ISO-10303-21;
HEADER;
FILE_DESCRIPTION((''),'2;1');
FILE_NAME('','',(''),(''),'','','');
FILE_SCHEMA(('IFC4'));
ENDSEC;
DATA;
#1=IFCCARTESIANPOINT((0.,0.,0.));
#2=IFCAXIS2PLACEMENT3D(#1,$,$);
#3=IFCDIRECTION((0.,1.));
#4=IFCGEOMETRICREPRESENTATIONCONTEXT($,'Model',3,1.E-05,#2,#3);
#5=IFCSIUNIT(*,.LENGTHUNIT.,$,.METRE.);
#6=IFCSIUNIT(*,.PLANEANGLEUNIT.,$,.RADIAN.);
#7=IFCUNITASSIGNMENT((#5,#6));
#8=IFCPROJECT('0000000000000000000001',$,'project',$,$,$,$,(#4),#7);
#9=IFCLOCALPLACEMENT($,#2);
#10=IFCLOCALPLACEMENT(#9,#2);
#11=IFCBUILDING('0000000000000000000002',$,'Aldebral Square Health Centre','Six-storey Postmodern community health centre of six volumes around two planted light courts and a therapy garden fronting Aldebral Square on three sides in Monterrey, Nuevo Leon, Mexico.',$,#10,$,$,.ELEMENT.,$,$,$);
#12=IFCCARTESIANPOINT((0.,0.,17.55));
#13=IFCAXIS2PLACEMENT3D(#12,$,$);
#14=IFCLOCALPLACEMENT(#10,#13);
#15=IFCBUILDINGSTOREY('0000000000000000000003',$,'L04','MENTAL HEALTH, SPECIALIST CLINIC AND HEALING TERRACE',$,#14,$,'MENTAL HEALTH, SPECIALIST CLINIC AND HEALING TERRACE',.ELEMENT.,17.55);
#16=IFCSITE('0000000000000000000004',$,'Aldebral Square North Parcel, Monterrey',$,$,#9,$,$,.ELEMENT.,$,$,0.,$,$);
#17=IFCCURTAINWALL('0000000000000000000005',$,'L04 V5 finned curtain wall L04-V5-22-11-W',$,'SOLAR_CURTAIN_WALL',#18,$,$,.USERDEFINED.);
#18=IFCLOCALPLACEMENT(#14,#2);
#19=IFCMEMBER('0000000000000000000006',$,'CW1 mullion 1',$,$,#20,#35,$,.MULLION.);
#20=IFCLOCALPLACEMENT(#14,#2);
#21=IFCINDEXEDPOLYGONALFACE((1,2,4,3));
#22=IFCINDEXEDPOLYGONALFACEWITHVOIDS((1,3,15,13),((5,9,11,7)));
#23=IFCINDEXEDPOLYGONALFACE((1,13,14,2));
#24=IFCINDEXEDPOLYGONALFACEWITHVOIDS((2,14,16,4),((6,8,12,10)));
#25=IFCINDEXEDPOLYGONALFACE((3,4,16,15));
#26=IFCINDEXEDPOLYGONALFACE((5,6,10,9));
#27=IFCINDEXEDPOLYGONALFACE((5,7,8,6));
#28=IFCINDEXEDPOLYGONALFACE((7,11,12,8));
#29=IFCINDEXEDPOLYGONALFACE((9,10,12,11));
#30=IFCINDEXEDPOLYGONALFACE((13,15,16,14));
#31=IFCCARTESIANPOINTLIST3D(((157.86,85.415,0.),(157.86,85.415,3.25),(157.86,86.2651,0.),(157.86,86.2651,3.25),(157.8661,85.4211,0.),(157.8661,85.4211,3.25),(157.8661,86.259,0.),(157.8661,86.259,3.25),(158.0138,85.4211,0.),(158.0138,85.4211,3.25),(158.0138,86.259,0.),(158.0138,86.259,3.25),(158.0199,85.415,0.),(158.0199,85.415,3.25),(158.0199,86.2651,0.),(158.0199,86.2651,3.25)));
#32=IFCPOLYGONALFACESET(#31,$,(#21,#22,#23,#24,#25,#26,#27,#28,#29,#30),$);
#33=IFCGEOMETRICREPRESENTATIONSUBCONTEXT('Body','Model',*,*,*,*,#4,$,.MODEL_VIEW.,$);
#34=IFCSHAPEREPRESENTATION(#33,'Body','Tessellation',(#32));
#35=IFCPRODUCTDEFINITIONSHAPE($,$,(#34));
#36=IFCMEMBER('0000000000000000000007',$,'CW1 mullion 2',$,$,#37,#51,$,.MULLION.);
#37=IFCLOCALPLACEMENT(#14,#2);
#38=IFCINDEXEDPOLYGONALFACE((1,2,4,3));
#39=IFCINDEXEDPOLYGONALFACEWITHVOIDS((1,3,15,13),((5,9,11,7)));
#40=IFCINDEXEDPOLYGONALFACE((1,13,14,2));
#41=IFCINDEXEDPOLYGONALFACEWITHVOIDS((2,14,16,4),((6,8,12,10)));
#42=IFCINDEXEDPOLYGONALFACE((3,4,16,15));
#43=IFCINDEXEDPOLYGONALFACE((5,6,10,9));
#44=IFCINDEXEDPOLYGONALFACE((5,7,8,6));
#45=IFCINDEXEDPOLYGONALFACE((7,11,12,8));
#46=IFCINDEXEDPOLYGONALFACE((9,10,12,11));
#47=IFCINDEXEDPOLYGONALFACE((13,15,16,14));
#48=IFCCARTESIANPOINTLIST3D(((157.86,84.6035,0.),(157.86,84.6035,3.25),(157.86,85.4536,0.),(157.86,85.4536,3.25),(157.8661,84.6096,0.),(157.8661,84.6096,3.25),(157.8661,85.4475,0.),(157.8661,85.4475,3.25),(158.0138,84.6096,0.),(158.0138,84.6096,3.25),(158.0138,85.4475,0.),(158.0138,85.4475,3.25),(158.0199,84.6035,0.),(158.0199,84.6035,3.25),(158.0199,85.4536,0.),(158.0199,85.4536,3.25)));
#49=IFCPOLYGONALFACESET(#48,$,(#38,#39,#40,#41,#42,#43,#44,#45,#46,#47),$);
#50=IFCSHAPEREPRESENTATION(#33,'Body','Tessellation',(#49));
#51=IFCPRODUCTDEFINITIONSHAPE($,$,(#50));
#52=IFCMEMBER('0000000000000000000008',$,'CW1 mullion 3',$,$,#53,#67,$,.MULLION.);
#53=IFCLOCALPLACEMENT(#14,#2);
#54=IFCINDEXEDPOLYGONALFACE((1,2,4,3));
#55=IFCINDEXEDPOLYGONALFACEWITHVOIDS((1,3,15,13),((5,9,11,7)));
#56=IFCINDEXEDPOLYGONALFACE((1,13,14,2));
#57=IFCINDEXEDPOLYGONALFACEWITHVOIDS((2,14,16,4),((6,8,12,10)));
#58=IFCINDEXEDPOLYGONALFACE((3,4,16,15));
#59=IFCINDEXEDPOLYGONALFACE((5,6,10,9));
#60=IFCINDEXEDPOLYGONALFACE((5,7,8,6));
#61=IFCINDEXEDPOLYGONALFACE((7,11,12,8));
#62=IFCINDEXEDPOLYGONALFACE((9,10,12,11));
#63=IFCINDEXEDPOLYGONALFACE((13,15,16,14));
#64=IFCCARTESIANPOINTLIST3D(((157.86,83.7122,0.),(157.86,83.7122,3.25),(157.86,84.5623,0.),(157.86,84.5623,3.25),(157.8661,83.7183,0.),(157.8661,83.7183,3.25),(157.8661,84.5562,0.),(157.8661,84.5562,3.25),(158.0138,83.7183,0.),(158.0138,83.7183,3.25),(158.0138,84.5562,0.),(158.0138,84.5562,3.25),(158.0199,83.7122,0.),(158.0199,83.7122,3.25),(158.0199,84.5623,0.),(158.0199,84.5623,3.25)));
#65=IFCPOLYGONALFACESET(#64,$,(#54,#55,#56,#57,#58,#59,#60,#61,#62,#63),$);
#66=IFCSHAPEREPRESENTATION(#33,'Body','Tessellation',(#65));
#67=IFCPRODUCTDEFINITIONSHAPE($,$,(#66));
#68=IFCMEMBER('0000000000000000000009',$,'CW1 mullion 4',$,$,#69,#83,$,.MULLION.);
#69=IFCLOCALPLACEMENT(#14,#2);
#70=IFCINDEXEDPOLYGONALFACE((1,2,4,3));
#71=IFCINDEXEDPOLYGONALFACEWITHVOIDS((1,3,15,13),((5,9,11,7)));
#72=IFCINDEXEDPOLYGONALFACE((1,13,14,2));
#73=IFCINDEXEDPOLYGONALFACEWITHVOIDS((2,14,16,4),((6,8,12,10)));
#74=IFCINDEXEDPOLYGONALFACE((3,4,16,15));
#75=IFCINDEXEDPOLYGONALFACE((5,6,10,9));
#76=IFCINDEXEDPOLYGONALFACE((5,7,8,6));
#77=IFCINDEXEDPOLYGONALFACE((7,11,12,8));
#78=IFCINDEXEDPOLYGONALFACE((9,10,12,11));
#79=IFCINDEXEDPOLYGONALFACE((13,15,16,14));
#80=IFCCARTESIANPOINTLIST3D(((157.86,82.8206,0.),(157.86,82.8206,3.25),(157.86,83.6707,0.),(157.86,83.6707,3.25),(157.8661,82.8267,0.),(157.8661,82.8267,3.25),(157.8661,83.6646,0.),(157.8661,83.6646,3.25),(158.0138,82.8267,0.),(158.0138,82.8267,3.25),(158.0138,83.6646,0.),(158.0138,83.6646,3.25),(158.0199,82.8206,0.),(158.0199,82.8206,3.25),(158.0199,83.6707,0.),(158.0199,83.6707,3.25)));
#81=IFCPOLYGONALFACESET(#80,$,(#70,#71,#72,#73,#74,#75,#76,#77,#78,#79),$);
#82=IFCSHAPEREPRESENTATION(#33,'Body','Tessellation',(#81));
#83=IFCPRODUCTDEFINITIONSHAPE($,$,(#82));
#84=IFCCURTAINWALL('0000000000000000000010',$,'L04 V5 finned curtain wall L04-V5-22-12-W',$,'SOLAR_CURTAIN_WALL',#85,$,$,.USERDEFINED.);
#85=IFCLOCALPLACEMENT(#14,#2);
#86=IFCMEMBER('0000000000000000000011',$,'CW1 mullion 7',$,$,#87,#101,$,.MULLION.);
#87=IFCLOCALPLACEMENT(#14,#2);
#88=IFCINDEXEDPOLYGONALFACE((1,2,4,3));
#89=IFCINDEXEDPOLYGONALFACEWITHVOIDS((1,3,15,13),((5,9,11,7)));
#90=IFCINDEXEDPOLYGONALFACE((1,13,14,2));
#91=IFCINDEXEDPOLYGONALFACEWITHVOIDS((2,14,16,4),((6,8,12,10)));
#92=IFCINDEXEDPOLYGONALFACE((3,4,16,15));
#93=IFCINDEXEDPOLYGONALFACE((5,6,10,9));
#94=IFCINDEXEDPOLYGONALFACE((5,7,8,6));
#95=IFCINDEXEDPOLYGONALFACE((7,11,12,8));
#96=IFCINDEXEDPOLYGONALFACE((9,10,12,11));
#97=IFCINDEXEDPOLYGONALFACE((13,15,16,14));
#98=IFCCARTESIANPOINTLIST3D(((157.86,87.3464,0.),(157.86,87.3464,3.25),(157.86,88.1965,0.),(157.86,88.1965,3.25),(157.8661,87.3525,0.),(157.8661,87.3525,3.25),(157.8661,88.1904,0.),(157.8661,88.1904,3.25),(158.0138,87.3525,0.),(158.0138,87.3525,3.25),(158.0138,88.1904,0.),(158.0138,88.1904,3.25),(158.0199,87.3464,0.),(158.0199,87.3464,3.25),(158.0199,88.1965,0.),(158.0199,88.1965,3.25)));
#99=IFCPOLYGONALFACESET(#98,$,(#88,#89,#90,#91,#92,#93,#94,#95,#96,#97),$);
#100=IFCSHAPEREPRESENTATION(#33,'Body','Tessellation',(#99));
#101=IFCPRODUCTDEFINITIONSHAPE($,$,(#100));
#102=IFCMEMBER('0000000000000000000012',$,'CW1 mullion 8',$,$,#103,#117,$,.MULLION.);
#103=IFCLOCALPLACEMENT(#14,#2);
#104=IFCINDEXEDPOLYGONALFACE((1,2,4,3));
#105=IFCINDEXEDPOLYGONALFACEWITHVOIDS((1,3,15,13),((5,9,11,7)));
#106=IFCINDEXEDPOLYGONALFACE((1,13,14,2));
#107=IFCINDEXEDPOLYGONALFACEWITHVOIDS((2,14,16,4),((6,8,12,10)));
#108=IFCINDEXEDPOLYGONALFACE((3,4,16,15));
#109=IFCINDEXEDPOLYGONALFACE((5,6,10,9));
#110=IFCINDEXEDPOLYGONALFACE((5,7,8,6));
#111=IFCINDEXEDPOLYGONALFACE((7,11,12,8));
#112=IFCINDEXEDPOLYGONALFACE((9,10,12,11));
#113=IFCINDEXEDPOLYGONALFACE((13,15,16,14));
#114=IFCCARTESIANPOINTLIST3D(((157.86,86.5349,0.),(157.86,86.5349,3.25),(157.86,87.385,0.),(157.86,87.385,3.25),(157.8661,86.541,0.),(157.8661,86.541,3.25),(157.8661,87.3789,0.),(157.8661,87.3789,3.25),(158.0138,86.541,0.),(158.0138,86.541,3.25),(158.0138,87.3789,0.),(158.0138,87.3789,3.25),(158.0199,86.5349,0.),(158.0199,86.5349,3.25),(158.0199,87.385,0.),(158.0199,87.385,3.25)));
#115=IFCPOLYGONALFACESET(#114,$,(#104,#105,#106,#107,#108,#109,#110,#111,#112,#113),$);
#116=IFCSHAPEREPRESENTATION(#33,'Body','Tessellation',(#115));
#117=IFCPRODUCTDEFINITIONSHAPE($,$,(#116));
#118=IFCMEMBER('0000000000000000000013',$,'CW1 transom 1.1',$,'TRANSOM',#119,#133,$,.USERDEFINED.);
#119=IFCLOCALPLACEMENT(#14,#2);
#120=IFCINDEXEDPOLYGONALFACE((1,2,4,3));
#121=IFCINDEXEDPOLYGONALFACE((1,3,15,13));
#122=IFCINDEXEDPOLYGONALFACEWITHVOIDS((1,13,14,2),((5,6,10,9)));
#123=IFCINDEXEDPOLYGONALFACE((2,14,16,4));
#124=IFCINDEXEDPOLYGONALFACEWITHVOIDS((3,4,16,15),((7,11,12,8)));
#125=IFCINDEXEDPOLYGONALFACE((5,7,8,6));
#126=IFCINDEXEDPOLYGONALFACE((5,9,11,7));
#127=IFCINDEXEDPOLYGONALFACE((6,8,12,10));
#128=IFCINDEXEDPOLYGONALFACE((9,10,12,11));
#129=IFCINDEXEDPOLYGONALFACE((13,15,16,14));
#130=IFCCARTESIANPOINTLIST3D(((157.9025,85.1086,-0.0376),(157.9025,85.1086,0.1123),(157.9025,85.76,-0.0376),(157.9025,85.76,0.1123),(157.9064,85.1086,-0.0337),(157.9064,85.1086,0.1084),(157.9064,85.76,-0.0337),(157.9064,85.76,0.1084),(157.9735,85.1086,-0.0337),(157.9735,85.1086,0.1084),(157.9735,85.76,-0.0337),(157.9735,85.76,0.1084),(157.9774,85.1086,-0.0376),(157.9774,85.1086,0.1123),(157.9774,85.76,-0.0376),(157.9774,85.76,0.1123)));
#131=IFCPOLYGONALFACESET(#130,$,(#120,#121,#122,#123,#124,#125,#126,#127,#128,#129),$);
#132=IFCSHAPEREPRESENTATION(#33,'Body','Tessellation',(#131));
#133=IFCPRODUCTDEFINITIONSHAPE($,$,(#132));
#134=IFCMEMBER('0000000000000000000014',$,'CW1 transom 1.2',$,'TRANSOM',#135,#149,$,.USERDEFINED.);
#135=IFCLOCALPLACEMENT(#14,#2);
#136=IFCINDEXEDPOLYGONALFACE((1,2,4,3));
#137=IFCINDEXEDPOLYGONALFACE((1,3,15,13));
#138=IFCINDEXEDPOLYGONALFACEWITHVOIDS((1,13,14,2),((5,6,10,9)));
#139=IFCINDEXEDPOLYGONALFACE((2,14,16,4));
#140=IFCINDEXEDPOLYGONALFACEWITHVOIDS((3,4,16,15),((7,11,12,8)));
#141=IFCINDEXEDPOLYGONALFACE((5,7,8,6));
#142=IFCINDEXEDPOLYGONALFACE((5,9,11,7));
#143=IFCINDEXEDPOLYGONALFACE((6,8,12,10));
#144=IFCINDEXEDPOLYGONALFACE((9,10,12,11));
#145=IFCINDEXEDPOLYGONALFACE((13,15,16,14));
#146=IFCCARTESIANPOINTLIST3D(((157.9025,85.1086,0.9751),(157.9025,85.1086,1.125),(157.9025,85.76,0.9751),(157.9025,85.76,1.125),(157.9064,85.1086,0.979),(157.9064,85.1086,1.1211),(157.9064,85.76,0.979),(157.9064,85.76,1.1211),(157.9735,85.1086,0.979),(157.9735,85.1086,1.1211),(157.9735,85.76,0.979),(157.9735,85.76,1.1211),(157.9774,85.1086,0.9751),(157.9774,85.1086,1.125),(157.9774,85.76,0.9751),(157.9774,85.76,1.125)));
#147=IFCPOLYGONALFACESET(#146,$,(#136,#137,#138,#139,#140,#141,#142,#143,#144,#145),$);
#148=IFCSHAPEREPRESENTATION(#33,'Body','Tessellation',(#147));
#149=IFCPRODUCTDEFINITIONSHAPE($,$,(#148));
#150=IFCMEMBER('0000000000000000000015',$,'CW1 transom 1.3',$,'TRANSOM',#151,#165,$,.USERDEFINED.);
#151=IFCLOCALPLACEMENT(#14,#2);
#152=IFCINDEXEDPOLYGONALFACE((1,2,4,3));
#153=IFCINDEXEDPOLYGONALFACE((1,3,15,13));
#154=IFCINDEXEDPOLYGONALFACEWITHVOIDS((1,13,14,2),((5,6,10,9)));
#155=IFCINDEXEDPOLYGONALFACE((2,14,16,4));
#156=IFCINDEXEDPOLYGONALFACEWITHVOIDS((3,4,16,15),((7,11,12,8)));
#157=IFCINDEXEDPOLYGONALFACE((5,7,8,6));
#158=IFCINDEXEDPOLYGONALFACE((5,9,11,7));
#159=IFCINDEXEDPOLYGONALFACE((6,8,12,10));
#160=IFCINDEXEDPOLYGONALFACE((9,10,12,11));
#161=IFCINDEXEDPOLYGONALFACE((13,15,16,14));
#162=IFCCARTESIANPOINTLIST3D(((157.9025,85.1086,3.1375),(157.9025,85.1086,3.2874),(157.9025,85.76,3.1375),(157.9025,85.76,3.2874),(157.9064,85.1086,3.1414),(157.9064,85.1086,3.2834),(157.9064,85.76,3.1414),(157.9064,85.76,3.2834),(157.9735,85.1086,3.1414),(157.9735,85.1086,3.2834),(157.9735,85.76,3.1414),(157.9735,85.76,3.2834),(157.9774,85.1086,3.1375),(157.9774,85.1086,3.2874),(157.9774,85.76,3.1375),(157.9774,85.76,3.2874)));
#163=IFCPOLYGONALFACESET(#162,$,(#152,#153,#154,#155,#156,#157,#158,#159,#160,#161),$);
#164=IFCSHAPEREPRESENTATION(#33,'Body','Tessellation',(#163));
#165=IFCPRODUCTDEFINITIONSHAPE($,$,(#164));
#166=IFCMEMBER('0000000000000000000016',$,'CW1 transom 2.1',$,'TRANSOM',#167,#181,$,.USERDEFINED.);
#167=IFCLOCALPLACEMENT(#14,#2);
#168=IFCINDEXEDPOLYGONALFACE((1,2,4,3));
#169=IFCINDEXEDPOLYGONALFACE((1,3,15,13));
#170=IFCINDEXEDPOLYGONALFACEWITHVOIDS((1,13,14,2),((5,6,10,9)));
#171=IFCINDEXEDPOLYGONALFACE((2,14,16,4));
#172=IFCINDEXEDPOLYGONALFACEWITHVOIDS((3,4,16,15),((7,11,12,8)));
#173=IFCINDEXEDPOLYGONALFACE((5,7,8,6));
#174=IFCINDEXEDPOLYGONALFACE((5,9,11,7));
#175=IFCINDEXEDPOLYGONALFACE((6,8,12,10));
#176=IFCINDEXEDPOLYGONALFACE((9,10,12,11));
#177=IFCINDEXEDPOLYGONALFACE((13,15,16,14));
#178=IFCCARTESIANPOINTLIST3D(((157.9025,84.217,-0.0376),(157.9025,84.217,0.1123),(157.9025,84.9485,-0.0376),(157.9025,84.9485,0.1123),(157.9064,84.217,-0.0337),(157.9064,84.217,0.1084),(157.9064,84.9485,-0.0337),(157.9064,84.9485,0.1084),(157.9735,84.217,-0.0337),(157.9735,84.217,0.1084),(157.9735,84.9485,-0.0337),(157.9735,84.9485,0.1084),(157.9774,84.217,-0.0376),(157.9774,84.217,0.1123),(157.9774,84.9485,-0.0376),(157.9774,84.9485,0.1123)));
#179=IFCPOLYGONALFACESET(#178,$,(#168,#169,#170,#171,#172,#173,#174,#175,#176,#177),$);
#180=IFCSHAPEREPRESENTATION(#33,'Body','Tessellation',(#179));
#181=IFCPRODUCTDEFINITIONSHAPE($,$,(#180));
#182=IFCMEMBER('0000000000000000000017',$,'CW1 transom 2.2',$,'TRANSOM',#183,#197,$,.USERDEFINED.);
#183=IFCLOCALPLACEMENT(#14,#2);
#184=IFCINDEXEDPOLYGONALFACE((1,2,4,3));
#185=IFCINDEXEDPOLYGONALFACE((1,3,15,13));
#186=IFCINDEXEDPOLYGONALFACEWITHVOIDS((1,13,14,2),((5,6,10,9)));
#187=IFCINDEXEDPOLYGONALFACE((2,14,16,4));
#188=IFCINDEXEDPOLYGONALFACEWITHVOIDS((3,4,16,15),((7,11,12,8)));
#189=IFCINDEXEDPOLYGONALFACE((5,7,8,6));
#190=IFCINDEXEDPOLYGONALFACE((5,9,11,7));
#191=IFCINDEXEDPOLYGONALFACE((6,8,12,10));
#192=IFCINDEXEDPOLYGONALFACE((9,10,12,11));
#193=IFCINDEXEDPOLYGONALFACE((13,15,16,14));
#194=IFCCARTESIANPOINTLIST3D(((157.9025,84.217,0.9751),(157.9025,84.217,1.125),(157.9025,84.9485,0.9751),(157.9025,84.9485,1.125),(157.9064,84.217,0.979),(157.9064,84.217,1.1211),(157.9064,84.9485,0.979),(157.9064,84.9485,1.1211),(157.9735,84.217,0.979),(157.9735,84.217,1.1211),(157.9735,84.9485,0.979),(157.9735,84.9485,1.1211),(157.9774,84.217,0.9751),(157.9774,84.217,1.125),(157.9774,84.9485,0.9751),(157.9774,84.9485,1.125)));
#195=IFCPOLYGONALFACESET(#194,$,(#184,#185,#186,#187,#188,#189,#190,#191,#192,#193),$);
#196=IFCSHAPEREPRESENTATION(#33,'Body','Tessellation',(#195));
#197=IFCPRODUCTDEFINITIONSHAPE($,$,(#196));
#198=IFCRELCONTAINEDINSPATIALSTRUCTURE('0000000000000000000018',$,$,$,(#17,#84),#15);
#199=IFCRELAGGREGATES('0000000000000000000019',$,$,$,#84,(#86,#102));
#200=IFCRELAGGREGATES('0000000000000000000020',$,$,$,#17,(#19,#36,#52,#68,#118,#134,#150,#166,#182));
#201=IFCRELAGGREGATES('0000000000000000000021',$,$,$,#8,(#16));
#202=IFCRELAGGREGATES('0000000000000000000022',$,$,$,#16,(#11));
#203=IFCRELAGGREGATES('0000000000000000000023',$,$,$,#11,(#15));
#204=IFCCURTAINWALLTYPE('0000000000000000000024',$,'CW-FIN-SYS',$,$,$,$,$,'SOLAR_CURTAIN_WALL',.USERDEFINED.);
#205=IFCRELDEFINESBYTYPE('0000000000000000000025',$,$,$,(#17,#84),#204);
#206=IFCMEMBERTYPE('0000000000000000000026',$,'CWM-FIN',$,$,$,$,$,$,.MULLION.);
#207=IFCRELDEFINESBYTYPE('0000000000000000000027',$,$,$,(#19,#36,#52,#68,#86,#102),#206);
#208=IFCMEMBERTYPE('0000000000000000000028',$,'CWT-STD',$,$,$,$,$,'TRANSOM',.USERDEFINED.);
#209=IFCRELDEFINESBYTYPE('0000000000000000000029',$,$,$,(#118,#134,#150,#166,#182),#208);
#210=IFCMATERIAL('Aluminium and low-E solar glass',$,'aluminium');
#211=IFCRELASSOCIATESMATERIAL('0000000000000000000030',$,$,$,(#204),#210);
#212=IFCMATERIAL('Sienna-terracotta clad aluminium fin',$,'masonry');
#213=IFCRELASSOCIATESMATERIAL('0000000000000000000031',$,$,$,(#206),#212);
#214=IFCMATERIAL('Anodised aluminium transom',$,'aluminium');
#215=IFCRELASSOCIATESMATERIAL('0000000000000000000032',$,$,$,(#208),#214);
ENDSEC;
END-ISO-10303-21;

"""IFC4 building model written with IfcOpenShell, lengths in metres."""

from ifc_helpers import new_model, si_unit, direction, frame, origin, origin_2d, place, context, subcontext, project, spatial, hollow_rectangle, extrude, material, material_profile, profile_set, type_object, element, aggregate, save


model = new_model("IFC4")

# Units and contexts
model_context = context("Model", 3, precision=1e-05, world=origin(), true_north=direction((0.0, 1.0)))
body_context = subcontext(model_context, "Body", "Model", "MODEL_VIEW")
ifc_project = project(units=[si_unit("LENGTHUNIT", "METRE"), si_unit("PLANEANGLEUNIT", "RADIAN")], contexts=[model_context])

# Site, building, storey
site_placement = place(None, origin())
site = spatial("IfcSite", under=ifc_project, at=site_placement, Name="Aldebral Square North Parcel, Monterrey", CompositionType="ELEMENT", RefElevation=0.0)
building_placement = place(site_placement, origin())
building = spatial("IfcBuilding", under=site, at=building_placement, Name="Aldebral Square Health Centre", Description="Six-storey Postmodern community health centre of six volumes around two planted light courts and a therapy garden fronting Aldebral Square on three sides in Monterrey, Nuevo Leon, Mexico.", CompositionType="ELEMENT")
storey_placement = place(building_placement, frame((0.0, 0.0, 17.55)))
storey = spatial("IfcBuildingStorey", under=building, at=storey_placement, Name="L04", Description="MENTAL HEALTH, SPECIALIST CLINIC AND HEALING TERRACE", LongName="MENTAL HEALTH, SPECIALIST CLINIC AND HEALING TERRACE", CompositionType="ELEMENT", Elevation=17.55)

# Curtain walls, members
ifc_material_1 = material(Name="Aluminium and low-E solar glass", Category="aluminium")
curtain_wall_type = type_object("IfcCurtainWallType", Name="CW-FIN-SYS", ElementType="SOLAR_CURTAIN_WALL", PredefinedType="USERDEFINED", material=ifc_material_1)
curtain_wall_1_placement = place(storey_placement, origin())
curtain_wall_1 = element("IfcCurtainWall", 1, at=curtain_wall_1_placement, inside=storey, type_object=curtain_wall_type, Name="L04 V5 finned curtain wall L04-V5-22-11-W", ObjectType="SOLAR_CURTAIN_WALL", PredefinedType="USERDEFINED")
ifc_material_2 = material(Name="Sienna-terracotta clad aluminium fin", Category="masonry")
ifc_material_profile_1 = material_profile(ifc_material_2, hollow_rectangle(XDim=0.1599, YDim=0.8501, WallThickness=0.0061, at=origin_2d()), Name="FIN 160x850x6")
ifc_profile_set_1 = profile_set([ifc_material_profile_1], Name="Sienna-terracotta clad aluminium fin")
member_type_1 = type_object("IfcMemberType", Name="CWM-FIN", PredefinedType="MULLION", material=ifc_profile_set_1)
member_1_placement = place(storey_placement, frame((157.9399, 85.8401, 0.0), z_axis=(0.0, 0.0, 1.0), x_axis=(1.0, 0.0, 0.0)))
member_1 = element("IfcMember", 2, at=member_1_placement, type_object=member_type_1, Name="CW1 mullion 1", PredefinedType="MULLION", context=body_context, shape_type="SweptSolid", body=[
    extrude(hollow_rectangle(XDim=0.1599, YDim=0.8501, WallThickness=0.0061, at=origin_2d()), origin(), (0.0, 0.0, 1.0), 3.25),
])
member_2_placement = place(storey_placement, frame((157.9399, 85.0286, 0.0), z_axis=(0.0, 0.0, 1.0), x_axis=(1.0, 0.0, 0.0)))
member_2 = element("IfcMember", 3, at=member_2_placement, type_object=member_type_1, Name="CW1 mullion 2", PredefinedType="MULLION", context=body_context, shape_type="SweptSolid", body=[
    extrude(hollow_rectangle(XDim=0.1599, YDim=0.8501, WallThickness=0.0061, at=origin_2d()), origin(), (0.0, 0.0, 1.0), 3.25),
])
member_3_placement = place(storey_placement, frame((157.9399, 84.1372, 0.0), z_axis=(0.0, 0.0, 1.0), x_axis=(1.0, 0.0, 0.0)))
member_3 = element("IfcMember", 4, at=member_3_placement, type_object=member_type_1, Name="CW1 mullion 3", PredefinedType="MULLION", context=body_context, shape_type="SweptSolid", body=[
    extrude(hollow_rectangle(XDim=0.1599, YDim=0.8501, WallThickness=0.0061, at=origin_2d()), origin(), (0.0, 0.0, 1.0), 3.25),
])
member_4_placement = place(storey_placement, frame((157.9399, 83.2456, 0.0), z_axis=(0.0, 0.0, 1.0), x_axis=(1.0, 0.0, 0.0)))
member_4 = element("IfcMember", 5, at=member_4_placement, type_object=member_type_1, Name="CW1 mullion 4", PredefinedType="MULLION", context=body_context, shape_type="SweptSolid", body=[
    extrude(hollow_rectangle(XDim=0.1599, YDim=0.8501, WallThickness=0.0061, at=origin_2d()), origin(), (0.0, 0.0, 1.0), 3.25),
])
curtain_wall_2_placement = place(storey_placement, origin())
curtain_wall_2 = element("IfcCurtainWall", 6, at=curtain_wall_2_placement, inside=storey, type_object=curtain_wall_type, Name="L04 V5 finned curtain wall L04-V5-22-12-W", ObjectType="SOLAR_CURTAIN_WALL", PredefinedType="USERDEFINED")
member_5_placement = place(storey_placement, frame((157.9399, 87.7715, 0.0), z_axis=(0.0, 0.0, 1.0), x_axis=(1.0, 0.0, 0.0)))
member_5 = element("IfcMember", 7, at=member_5_placement, type_object=member_type_1, Name="CW1 mullion 7", PredefinedType="MULLION", context=body_context, shape_type="SweptSolid", body=[
    extrude(hollow_rectangle(XDim=0.1599, YDim=0.8501, WallThickness=0.0061, at=origin_2d()), origin(), (0.0, 0.0, 1.0), 3.25),
])
member_6_placement = place(storey_placement, frame((157.9399, 86.96, 0.0), z_axis=(0.0, 0.0, 1.0), x_axis=(1.0, 0.0, 0.0)))
member_6 = element("IfcMember", 8, at=member_6_placement, type_object=member_type_1, Name="CW1 mullion 8", PredefinedType="MULLION", context=body_context, shape_type="SweptSolid", body=[
    extrude(hollow_rectangle(XDim=0.1599, YDim=0.8501, WallThickness=0.0061, at=origin_2d()), origin(), (0.0, 0.0, 1.0), 3.25),
])
aggregate(curtain_wall_2, [member_5, member_6])

# Members
ifc_material_3 = material(Name="Anodised aluminium transom", Category="aluminium")
ifc_material_profile_2 = material_profile(ifc_material_3, hollow_rectangle(XDim=0.075, YDim=0.1499, WallThickness=0.0039, at=origin_2d()), Name="CWT 75x150x4")
ifc_profile_set_2 = profile_set([ifc_material_profile_2], Name="Anodised aluminium transom")
member_type_2 = type_object("IfcMemberType", Name="CWT-STD", ElementType="TRANSOM", PredefinedType="USERDEFINED", material=ifc_profile_set_2)
member_7_placement = place(storey_placement, frame((157.9399, 85.76, 0.0374), z_axis=(0.0, -1.0, 0.0), x_axis=(1.0, 0.0, 0.0)))
member_7 = element("IfcMember", 9, at=member_7_placement, type_object=member_type_2, Name="CW1 transom 1.1", ObjectType="TRANSOM", PredefinedType="USERDEFINED", context=body_context, shape_type="SweptSolid", body=[
    extrude(hollow_rectangle(XDim=0.075, YDim=0.1499, WallThickness=0.0039, at=origin_2d()), origin(), (0.0, 0.0, 1.0), 0.6514),
])
member_8_placement = place(storey_placement, frame((157.9399, 85.76, 1.05), z_axis=(0.0, -1.0, 0.0), x_axis=(1.0, 0.0, 0.0)))
member_8 = element("IfcMember", 10, at=member_8_placement, type_object=member_type_2, Name="CW1 transom 1.2", ObjectType="TRANSOM", PredefinedType="USERDEFINED", context=body_context, shape_type="SweptSolid", body=[
    extrude(hollow_rectangle(XDim=0.075, YDim=0.1499, WallThickness=0.0039, at=origin_2d()), origin(), (0.0, 0.0, 1.0), 0.6514),
])
member_9_placement = place(storey_placement, frame((157.9399, 85.76, 3.2124), z_axis=(0.0, -1.0, 0.0), x_axis=(1.0, 0.0, 0.0)))
member_9 = element("IfcMember", 11, at=member_9_placement, type_object=member_type_2, Name="CW1 transom 1.3", ObjectType="TRANSOM", PredefinedType="USERDEFINED", context=body_context, shape_type="SweptSolid", body=[
    extrude(hollow_rectangle(XDim=0.075, YDim=0.1499, WallThickness=0.0039, at=origin_2d()), origin(), (0.0, 0.0, 1.0), 0.6514),
])
member_10_placement = place(storey_placement, frame((157.9399, 84.9485, 0.0374), z_axis=(0.0, -1.0, 0.0), x_axis=(1.0, 0.0, 0.0)))
member_10 = element("IfcMember", 12, at=member_10_placement, type_object=member_type_2, Name="CW1 transom 2.1", ObjectType="TRANSOM", PredefinedType="USERDEFINED", context=body_context, shape_type="SweptSolid", body=[
    extrude(hollow_rectangle(XDim=0.075, YDim=0.1499, WallThickness=0.0039, at=origin_2d()), origin(), (0.0, 0.0, 1.0), 0.7314),
])
member_11_placement = place(storey_placement, frame((157.9399, 84.9485, 1.05), z_axis=(0.0, -1.0, 0.0), x_axis=(1.0, 0.0, 0.0)))
member_11 = element("IfcMember", 13, at=member_11_placement, type_object=member_type_2, Name="CW1 transom 2.2", ObjectType="TRANSOM", PredefinedType="USERDEFINED", context=body_context, shape_type="SweptSolid", body=[
    extrude(hollow_rectangle(XDim=0.075, YDim=0.1499, WallThickness=0.0039, at=origin_2d()), origin(), (0.0, 0.0, 1.0), 0.7314),
])

aggregate(curtain_wall_1, [member_1, member_2, member_3, member_4, member_7, member_8, member_9, member_10, member_11])

save(model, "model.ifc")
